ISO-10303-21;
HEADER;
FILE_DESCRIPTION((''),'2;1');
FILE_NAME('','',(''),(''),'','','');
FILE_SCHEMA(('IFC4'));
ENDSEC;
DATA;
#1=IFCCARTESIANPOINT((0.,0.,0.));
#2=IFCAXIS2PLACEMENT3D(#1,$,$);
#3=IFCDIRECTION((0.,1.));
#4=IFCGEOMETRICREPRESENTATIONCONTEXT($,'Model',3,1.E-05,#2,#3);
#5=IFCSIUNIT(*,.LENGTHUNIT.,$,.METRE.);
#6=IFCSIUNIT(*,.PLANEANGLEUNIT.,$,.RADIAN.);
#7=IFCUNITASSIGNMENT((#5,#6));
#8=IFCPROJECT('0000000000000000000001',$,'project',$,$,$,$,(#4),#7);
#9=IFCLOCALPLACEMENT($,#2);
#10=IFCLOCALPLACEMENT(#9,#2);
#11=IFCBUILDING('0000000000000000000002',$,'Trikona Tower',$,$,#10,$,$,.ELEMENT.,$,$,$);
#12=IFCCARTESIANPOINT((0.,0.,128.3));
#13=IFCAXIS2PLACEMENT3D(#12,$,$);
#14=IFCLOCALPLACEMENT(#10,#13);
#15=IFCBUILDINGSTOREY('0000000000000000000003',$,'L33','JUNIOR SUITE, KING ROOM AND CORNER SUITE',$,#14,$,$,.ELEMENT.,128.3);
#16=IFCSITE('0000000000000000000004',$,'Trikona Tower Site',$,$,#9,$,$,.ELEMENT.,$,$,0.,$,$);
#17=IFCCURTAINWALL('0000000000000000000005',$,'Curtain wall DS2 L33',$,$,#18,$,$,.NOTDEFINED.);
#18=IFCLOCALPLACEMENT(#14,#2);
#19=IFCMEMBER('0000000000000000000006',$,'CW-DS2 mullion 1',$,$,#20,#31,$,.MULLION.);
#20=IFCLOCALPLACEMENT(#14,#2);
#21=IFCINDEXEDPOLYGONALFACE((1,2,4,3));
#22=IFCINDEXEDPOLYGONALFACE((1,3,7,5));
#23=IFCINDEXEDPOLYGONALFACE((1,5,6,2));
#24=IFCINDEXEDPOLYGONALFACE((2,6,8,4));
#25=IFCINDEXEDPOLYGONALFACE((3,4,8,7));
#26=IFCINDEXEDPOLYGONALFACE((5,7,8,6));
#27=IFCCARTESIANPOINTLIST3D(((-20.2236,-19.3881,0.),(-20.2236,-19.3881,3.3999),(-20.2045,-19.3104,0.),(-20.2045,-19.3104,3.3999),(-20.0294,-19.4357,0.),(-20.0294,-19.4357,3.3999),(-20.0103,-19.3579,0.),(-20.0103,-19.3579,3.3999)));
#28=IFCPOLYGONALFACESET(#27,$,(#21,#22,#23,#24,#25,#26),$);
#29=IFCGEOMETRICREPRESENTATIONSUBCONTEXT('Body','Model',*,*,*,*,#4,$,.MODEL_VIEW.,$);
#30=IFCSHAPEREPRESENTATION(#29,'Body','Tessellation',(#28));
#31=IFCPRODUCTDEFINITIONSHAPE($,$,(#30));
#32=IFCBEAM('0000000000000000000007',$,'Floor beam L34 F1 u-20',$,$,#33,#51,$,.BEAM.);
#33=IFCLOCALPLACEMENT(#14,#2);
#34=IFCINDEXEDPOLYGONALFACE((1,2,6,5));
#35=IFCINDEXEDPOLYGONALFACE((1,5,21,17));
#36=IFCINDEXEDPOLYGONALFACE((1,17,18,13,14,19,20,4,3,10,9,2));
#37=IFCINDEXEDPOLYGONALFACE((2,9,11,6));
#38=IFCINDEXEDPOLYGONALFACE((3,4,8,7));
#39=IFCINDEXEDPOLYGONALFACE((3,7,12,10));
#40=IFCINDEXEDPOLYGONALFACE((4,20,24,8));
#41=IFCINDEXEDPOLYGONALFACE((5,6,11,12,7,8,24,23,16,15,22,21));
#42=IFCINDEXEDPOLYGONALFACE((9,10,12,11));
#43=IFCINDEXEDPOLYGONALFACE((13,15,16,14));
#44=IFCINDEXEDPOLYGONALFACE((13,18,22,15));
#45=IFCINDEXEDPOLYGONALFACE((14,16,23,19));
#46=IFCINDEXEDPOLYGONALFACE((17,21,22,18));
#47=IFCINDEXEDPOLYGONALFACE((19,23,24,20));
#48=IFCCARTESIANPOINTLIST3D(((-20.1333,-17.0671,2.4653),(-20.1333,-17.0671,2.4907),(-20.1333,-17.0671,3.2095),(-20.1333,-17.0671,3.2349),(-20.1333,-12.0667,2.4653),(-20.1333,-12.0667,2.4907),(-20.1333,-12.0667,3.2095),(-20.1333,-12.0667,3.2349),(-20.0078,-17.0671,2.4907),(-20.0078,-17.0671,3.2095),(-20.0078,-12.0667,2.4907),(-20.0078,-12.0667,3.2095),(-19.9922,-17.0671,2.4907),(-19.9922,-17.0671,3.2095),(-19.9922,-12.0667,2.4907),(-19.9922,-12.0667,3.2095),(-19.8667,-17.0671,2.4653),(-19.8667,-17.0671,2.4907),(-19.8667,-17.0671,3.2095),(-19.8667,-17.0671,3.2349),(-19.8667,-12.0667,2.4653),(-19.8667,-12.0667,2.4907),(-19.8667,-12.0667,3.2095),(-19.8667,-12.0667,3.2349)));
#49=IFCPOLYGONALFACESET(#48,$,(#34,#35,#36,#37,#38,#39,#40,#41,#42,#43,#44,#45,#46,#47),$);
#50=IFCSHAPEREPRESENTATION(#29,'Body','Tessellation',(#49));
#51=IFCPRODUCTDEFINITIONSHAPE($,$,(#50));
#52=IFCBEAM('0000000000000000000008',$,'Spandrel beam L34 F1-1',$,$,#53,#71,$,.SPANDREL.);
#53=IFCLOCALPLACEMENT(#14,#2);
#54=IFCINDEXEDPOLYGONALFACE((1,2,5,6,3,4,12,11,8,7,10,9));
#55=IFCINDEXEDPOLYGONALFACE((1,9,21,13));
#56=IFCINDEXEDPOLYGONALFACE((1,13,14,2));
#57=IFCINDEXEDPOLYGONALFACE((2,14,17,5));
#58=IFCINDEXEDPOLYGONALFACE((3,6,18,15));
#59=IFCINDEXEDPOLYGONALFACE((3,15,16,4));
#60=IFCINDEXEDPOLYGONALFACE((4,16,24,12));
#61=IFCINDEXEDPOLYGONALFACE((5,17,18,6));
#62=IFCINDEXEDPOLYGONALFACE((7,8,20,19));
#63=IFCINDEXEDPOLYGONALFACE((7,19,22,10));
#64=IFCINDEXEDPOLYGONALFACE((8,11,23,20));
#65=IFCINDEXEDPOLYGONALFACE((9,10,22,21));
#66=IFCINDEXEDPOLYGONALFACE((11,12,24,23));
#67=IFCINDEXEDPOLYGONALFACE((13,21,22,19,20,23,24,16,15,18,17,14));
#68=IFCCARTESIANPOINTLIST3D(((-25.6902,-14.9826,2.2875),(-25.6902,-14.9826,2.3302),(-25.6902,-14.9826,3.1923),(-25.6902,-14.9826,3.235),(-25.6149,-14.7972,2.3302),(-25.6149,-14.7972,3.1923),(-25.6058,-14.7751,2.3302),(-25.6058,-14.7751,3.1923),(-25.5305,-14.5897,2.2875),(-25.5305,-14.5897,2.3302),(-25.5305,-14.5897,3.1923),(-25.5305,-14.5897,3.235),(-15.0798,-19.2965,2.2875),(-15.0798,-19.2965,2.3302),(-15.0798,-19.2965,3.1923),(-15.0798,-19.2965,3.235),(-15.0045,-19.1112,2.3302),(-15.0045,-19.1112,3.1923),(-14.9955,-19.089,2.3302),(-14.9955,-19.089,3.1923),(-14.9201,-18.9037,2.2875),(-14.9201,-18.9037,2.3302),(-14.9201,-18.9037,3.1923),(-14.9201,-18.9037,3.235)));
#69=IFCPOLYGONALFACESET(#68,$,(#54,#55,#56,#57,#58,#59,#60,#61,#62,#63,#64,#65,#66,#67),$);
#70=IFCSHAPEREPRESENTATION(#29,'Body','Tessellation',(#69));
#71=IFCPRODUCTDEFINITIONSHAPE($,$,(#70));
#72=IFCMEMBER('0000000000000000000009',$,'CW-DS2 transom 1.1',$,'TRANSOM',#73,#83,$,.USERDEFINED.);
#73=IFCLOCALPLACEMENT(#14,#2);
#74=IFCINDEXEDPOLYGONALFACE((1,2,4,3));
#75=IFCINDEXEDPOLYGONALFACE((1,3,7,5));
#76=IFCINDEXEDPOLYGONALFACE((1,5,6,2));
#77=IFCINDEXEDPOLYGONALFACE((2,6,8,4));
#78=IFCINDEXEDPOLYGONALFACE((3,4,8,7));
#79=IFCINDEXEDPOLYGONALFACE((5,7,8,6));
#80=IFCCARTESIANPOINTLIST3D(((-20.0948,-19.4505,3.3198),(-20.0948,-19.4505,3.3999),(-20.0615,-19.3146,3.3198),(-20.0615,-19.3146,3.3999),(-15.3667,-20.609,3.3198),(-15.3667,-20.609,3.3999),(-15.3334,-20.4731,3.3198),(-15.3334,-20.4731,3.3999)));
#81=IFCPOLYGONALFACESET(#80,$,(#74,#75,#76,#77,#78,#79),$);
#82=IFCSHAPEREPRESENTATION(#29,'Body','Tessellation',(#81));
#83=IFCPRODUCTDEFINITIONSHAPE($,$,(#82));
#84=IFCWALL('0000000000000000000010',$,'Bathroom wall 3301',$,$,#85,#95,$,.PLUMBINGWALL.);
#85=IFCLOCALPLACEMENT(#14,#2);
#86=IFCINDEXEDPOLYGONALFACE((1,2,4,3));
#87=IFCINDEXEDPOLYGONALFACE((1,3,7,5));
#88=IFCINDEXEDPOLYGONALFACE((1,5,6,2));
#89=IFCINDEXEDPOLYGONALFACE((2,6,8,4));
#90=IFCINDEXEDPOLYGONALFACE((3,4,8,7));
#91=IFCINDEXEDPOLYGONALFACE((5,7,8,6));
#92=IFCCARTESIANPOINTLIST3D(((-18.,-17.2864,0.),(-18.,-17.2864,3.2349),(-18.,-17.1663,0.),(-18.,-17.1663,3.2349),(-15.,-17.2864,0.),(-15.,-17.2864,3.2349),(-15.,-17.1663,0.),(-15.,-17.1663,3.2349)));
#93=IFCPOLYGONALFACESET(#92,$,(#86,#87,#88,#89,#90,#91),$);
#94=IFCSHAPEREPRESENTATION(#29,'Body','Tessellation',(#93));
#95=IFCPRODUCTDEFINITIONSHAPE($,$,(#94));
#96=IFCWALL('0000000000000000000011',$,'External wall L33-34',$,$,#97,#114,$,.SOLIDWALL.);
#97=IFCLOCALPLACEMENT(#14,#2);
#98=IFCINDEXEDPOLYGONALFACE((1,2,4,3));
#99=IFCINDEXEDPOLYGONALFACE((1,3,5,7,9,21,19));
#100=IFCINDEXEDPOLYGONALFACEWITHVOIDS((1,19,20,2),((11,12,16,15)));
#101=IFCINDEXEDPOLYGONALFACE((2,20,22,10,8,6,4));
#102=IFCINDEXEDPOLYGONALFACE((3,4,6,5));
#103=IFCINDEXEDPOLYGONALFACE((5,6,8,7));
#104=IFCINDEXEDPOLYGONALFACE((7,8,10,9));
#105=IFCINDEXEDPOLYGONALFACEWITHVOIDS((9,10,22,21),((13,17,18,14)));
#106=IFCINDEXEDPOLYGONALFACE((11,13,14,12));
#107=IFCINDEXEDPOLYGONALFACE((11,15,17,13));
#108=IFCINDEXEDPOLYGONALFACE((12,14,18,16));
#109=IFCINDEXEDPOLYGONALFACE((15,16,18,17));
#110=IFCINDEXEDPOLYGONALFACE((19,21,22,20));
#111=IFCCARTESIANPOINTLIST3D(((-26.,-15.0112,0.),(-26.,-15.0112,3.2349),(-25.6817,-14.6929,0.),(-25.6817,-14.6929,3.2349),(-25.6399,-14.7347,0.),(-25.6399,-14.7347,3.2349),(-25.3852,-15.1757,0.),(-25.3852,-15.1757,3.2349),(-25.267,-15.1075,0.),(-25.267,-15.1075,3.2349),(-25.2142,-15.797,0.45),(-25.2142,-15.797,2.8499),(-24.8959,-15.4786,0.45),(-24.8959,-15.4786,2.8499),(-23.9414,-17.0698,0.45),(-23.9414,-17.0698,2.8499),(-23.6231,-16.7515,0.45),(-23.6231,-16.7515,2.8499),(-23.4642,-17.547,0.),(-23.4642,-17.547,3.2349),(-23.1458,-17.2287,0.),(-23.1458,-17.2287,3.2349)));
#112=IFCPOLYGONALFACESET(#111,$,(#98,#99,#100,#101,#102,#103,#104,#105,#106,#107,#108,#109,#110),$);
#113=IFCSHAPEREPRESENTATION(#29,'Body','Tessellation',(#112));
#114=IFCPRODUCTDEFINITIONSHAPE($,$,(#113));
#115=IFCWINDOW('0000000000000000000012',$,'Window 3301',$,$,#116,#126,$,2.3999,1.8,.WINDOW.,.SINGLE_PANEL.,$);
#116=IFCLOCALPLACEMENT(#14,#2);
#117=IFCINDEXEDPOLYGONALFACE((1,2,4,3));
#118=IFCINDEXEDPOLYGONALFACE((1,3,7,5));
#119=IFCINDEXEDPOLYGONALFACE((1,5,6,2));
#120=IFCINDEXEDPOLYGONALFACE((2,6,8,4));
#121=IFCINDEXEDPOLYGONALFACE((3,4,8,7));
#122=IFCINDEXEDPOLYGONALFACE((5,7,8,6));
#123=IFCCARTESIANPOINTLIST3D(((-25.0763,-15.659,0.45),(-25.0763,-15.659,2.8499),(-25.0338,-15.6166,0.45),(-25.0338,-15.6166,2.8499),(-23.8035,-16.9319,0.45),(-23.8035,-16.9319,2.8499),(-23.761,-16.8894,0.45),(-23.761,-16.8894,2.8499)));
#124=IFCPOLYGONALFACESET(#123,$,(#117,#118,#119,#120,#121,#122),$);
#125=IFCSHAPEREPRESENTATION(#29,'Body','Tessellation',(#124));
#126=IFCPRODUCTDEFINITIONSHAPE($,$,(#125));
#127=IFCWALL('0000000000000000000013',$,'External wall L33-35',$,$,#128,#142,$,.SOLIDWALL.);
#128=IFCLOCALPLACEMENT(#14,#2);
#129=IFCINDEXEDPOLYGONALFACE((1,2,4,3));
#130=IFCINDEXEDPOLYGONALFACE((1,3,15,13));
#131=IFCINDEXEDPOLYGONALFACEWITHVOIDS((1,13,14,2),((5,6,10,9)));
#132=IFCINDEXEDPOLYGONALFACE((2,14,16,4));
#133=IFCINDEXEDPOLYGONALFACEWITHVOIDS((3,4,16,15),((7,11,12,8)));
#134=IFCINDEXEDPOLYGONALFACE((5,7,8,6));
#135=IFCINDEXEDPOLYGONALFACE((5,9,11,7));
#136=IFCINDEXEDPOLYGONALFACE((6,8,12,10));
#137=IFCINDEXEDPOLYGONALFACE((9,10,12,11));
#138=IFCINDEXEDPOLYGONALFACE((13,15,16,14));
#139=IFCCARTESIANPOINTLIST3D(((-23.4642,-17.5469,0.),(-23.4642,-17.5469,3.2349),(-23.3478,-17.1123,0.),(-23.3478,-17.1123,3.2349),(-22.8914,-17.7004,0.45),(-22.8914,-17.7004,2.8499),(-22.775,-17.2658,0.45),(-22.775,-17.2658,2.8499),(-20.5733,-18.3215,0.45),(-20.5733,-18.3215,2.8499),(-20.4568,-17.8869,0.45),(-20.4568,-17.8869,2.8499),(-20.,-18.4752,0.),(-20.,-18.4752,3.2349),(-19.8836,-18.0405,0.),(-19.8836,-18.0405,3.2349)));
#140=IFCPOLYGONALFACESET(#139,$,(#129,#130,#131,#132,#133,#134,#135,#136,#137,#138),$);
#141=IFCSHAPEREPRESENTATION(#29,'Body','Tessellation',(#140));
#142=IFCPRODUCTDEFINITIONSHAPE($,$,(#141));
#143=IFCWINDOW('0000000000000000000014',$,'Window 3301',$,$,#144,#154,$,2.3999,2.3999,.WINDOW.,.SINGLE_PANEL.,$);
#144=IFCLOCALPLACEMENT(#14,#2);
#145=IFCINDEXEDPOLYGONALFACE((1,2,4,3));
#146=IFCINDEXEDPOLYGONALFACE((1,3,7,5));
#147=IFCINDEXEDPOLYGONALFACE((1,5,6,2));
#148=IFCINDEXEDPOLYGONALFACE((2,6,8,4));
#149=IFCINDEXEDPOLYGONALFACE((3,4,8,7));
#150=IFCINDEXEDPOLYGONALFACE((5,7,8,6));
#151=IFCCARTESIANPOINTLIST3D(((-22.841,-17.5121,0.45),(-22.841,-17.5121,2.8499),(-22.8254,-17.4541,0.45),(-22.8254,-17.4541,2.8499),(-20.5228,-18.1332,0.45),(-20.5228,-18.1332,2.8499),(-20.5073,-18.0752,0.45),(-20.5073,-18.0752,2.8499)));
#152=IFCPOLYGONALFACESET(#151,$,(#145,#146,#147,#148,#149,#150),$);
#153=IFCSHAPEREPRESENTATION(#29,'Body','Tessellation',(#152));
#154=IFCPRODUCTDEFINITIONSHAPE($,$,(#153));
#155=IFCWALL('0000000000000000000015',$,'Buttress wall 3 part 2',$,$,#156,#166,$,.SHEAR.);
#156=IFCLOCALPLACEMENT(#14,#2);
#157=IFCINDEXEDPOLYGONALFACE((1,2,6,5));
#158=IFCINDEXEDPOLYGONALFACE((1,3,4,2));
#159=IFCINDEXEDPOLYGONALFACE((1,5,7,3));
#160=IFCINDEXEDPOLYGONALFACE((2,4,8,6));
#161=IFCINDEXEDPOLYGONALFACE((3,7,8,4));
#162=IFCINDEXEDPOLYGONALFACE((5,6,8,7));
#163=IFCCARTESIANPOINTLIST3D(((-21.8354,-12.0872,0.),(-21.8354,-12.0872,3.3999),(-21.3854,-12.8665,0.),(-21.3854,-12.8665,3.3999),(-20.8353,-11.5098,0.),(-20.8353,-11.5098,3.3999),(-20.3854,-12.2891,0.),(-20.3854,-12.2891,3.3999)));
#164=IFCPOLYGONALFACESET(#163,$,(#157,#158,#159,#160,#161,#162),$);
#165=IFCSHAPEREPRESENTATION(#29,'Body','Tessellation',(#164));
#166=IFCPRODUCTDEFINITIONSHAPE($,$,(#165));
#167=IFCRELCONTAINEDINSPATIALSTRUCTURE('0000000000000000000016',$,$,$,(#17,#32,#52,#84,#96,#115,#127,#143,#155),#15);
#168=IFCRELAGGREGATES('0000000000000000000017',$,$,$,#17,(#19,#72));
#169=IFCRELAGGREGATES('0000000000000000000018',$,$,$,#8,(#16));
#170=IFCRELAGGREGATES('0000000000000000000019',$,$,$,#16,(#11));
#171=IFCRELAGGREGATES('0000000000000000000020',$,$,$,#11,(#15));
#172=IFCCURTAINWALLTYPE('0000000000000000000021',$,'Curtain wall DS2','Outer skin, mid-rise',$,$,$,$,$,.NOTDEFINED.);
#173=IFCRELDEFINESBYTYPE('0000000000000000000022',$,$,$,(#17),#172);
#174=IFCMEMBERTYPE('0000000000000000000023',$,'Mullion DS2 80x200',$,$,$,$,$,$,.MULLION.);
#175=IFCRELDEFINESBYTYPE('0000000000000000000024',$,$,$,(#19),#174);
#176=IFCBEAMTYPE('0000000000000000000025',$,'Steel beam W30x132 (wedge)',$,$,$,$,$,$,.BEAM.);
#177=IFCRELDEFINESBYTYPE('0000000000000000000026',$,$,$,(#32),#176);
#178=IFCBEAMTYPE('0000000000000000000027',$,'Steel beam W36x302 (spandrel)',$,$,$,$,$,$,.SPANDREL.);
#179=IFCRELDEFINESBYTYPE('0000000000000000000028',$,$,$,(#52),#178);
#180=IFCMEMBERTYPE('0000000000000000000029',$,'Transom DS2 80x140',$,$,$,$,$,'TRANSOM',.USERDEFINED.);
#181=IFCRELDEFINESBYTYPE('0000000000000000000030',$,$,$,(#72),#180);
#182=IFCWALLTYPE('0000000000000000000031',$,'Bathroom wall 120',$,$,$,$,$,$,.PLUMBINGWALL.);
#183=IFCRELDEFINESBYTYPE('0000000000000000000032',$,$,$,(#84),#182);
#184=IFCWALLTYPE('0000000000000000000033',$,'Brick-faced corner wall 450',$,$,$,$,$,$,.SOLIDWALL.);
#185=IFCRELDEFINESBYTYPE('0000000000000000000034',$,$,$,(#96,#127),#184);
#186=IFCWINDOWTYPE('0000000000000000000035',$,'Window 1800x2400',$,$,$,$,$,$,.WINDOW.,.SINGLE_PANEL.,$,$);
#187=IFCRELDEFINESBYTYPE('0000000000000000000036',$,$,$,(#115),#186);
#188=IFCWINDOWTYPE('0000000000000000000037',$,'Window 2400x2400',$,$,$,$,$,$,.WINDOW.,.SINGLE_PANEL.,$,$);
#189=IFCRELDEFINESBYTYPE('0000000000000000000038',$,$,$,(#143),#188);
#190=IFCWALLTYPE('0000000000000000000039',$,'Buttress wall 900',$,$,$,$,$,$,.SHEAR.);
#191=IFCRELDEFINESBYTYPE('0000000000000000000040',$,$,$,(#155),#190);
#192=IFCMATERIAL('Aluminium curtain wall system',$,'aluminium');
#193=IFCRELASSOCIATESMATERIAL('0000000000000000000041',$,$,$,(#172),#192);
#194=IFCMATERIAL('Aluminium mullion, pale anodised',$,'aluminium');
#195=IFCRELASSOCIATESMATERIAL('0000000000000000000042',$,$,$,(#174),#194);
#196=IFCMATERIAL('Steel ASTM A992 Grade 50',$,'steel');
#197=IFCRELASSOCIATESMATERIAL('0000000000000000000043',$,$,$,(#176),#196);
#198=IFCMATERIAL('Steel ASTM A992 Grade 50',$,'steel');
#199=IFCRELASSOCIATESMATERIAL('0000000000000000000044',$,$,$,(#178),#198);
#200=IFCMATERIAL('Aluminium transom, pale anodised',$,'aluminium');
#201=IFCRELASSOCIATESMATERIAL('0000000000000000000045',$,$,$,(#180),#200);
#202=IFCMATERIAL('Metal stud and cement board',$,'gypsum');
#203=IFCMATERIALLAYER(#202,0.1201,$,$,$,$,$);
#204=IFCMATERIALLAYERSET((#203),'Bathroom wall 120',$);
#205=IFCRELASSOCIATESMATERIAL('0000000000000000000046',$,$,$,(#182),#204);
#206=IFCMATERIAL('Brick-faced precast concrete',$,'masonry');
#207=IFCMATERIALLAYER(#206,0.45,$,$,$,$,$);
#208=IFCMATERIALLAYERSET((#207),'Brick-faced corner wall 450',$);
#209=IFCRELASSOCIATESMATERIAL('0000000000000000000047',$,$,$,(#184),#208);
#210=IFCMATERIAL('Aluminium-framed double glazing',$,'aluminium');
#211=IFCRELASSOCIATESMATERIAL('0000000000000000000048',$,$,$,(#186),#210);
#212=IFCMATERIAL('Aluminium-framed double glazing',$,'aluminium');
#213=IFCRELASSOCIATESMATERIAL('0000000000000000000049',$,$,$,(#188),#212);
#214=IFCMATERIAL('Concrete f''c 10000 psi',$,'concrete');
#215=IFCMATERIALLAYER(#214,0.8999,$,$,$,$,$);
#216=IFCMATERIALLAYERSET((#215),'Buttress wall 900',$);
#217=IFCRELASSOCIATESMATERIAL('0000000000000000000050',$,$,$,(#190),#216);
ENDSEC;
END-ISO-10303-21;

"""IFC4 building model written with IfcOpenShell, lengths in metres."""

from ifc_helpers import new_model, si_unit, direction, frame, frame_2d, origin, origin_2d, place, context, subcontext, project, spatial, polyline, rectangle, i_section, outline, extrude, material, layer, layer_set, material_profile, profile_set, type_object, element, fill, aggregate, save


model = new_model("IFC4")

# Units and contexts
model_context = context("Model", 3, precision=1e-05, world=origin(), true_north=direction((0.0, 1.0)))
body_context = subcontext(model_context, "Body", "Model", "MODEL_VIEW")
ifc_project = project(units=[si_unit("LENGTHUNIT", "METRE"), si_unit("PLANEANGLEUNIT", "RADIAN")], contexts=[model_context])

# Site, building, storey
site_placement = place(None, origin())
site = spatial("IfcSite", under=ifc_project, at=site_placement, Name="Trikona Tower Site", CompositionType="ELEMENT", RefElevation=0.0)
building_placement = place(site_placement, origin())
building = spatial("IfcBuilding", under=site, at=building_placement, Name="Trikona Tower", CompositionType="ELEMENT")
storey_placement = place(building_placement, frame((0.0, 0.0, 128.3)))
storey = spatial("IfcBuildingStorey", under=building, at=storey_placement, Name="L33", Description="JUNIOR SUITE, KING ROOM AND CORNER SUITE", CompositionType="ELEMENT", Elevation=128.3)

# Curtain wall, member
ifc_material_1 = material(Name="Aluminium curtain wall system", Category="aluminium")
curtain_wall_type = type_object("IfcCurtainWallType", Name="Curtain wall DS2", Description="Outer skin, mid-rise", PredefinedType="NOTDEFINED", material=ifc_material_1)
curtain_wall_placement = place(storey_placement, origin())
curtain_wall = element("IfcCurtainWall", 1, at=curtain_wall_placement, inside=storey, type_object=curtain_wall_type, Name="Curtain wall DS2 L33", PredefinedType="NOTDEFINED")
ifc_material_2 = material(Name="Aluminium mullion, pale anodised", Category="aluminium")
ifc_material_profile_1 = material_profile(ifc_material_2, rectangle(XDim=0.0801, YDim=0.2, at=origin_2d()), Name="MUL-DS2")
ifc_profile_set_1 = profile_set([ifc_material_profile_1], Name="Aluminium mullion, pale anodised")
member_type_1 = type_object("IfcMemberType", Name="Mullion DS2 80x200", PredefinedType="MULLION", material=ifc_profile_set_1)
member_1_placement = place(storey_placement, frame((-20.1169, -19.373, 0.0), z_axis=(0.0, 0.0, 1.0), x_axis=(0.23797, 0.971272, 0.0)))
member_1 = element("IfcMember", 2, at=member_1_placement, type_object=member_type_1, Name="CW-DS2 mullion 1", PredefinedType="MULLION", context=body_context, shape_type="SweptSolid", body=[
    extrude(rectangle(XDim=0.0801, YDim=0.2, at=origin_2d()), origin(), (0.0, 0.0, 1.0), 3.3999),
])

# Beams
ifc_material_3 = material(Name="Steel ASTM A992 Grade 50", Category="steel")
ifc_material_profile_2 = material_profile(ifc_material_3, i_section(OverallWidth=0.2666, OverallDepth=0.7695, WebThickness=0.0156, FlangeThickness=0.0254, at=origin_2d()), Name="W30X132")
ifc_profile_set_2 = profile_set([ifc_material_profile_2], Name="Steel ASTM A992 Grade 50")
beam_type_1 = type_object("IfcBeamType", Name="Steel beam W30x132 (wedge)", PredefinedType="BEAM", material=ifc_profile_set_2)
beam_1_placement = place(storey_placement, frame((-20.0, -12.0667, 2.8501), z_axis=(0.0, -1.0, 0.0), x_axis=(1.0, 0.0, 0.0)))
element("IfcBeam", 3, at=beam_1_placement, inside=storey, type_object=beam_type_1, Name="Floor beam L34 F1 u-20", PredefinedType="BEAM", context=body_context, shape_type="SweptSolid", body=[
    extrude(i_section(OverallWidth=0.2666, OverallDepth=0.7695, WebThickness=0.0156, FlangeThickness=0.0254, at=origin_2d()), origin(), (0.0, 0.0, 1.0), 5.0005),
])
ifc_material_4 = material(Name="Steel ASTM A992 Grade 50", Category="steel")
ifc_material_profile_3 = material_profile(ifc_material_4, i_section(OverallWidth=0.4241, OverallDepth=0.9475, WebThickness=0.0239, FlangeThickness=0.0427, at=origin_2d()), Name="W36X302")
ifc_profile_set_3 = profile_set([ifc_material_profile_3], Name="Steel ASTM A992 Grade 50")
beam_type_2 = type_object("IfcBeamType", Name="Steel beam W36x302 (spandrel)", PredefinedType="SPANDREL", material=ifc_profile_set_3)
beam_2_placement = place(storey_placement, frame((-25.6104, -14.7861, 2.7612), z_axis=(0.92636, -0.37664, 0.0), x_axis=(0.37664, 0.92636, 0.0)))
element("IfcBeam", 4, at=beam_2_placement, inside=storey, type_object=beam_type_2, Name="Spandrel beam L34 F1-1", PredefinedType="SPANDREL", context=body_context, shape_type="SweptSolid", body=[
    extrude(i_section(OverallWidth=0.4241, OverallDepth=0.9475, WebThickness=0.0239, FlangeThickness=0.0427, at=origin_2d()), origin(), (0.0, 0.0, 1.0), 11.4539),
])

# Member
ifc_material_5 = material(Name="Aluminium transom, pale anodised", Category="aluminium")
ifc_material_profile_4 = material_profile(ifc_material_5, rectangle(XDim=0.1399, YDim=0.0801, at=origin_2d()), Name="TRN-DS2")
ifc_profile_set_4 = profile_set([ifc_material_profile_4], Name="Aluminium transom, pale anodised")
member_type_2 = type_object("IfcMemberType", Name="Transom DS2 80x140", ElementType="TRANSOM", PredefinedType="USERDEFINED", material=ifc_profile_set_4)
member_2_placement = place(storey_placement, frame((-20.0781, -19.3826, 3.3599), z_axis=(0.971271, -0.237978, 0.0), x_axis=(0.237978, 0.971271, 0.0)))
member_2 = element("IfcMember", 5, at=member_2_placement, type_object=member_type_2, Name="CW-DS2 transom 1.1", ObjectType="TRANSOM", PredefinedType="USERDEFINED", context=body_context, shape_type="SweptSolid", body=[
    extrude(rectangle(XDim=0.1399, YDim=0.0801, at=origin_2d()), origin(), (0.0, 0.0, 1.0), 4.8679),
])
aggregate(curtain_wall, [member_1, member_2])

# Wall
ifc_material_6 = material(Name="Metal stud and cement board", Category="gypsum")
ifc_layer_1 = layer(ifc_material_6, 0.1201)
ifc_layer_set_1 = layer_set([ifc_layer_1], Name="Bathroom wall 120")
wall_type_1 = type_object("IfcWallType", Name="Bathroom wall 120", PredefinedType="PLUMBINGWALL", material=ifc_layer_set_1)
wall_1_placement = place(storey_placement, frame((-18.0, -17.2263, 0.0), z_axis=(0.0, 0.0, 1.0), x_axis=(1.0, 0.0, 0.0)))
element("IfcWall", 6, at=wall_1_placement, inside=storey, type_object=wall_type_1, Name="Bathroom wall 3301", PredefinedType="PLUMBINGWALL", context=body_context, shape_type="SweptSolid", body=[
    extrude(rectangle(XDim=3.0, YDim=0.1201, at=frame_2d((1.5, 0.0))), origin(), (0.0, 0.0, 1.0), 3.2349),
])

# Walls, openings, windows
ifc_material_7 = material(Name="Brick-faced precast concrete", Category="masonry")
ifc_layer_2 = layer(ifc_material_7, 0.45)
ifc_layer_set_2 = layer_set([ifc_layer_2], Name="Brick-faced corner wall 450")
wall_type_2 = type_object("IfcWallType", Name="Brick-faced corner wall 450", PredefinedType="SOLIDWALL", material=ifc_layer_set_2)
wall_2_placement = place(storey_placement, frame((-25.8408, -14.8521, 0.0), z_axis=(0.0, 0.0, 1.0), x_axis=(0.707107, -0.707107, 0.0)))
wall_2 = element("IfcWall", 7, at=wall_2_placement, inside=storey, type_object=wall_type_2, Name="External wall L33-34", PredefinedType="SOLIDWALL", context=body_context, shape_type="SweptSolid", body=[
    extrude(outline(polyline([(3.5862, 0.2251), (0.5864, 0.2251), (0.551, 0.0933), (0.0591, 0.2251), (0.0, 0.2251), (0.0, -0.2251), (3.5862, -0.2251), (3.5862, 0.2251)])), origin(), (0.0, 0.0, 1.0), 3.2349),
])
opening_1_placement = place(wall_2_placement, frame((1.1113, 0.0, 0.45)))
opening_1 = element("IfcOpeningElement", 8, at=opening_1_placement, cuts=wall_2, PredefinedType="OPENING", context=body_context, shape_type="SweptSolid", body=[
    extrude(rectangle(XDim=1.8, YDim=2.3999, at=frame_2d((0.8999, 1.2))), frame((0.0, 0.2349, 0.0), z_axis=(0.0, -1.0, 0.0), x_axis=(1.0, 0.0, 0.0)), (0.0, 0.0, 1.0), 0.47),
])
ifc_material_8 = material(Name="Aluminium-framed double glazing", Category="aluminium")
window_type_1 = type_object("IfcWindowType", Name="Window 1800x2400", PartitioningType="SINGLE_PANEL", PredefinedType="WINDOW", material=ifc_material_8)
window_1_placement = place(opening_1_placement, origin())
window_1 = element("IfcWindow", 9, at=window_1_placement, inside=storey, type_object=window_type_1, Name="Window 3301", OverallHeight=2.3999, OverallWidth=1.8, PartitioningType="SINGLE_PANEL", PredefinedType="WINDOW", context=body_context, shape_type="SweptSolid", body=[
    extrude(rectangle(XDim=1.8, YDim=2.3999, at=frame_2d((0.8999, 1.2))), frame((0.0, 0.03, 0.0), z_axis=(0.0, -1.0, 0.0), x_axis=(1.0, 0.0, 0.0)), (0.0, 0.0, 1.0), 0.0601),
])
fill(opening_1, window_1)
wall_3_placement = place(storey_placement, frame((-23.406, -17.3296, 0.0), z_axis=(0.0, 0.0, 1.0), x_axis=(0.965925, -0.258823, 0.0)))
wall_3 = element("IfcWall", 10, at=wall_3_placement, inside=storey, type_object=wall_type_2, Name="External wall L33-35", PredefinedType="SOLIDWALL", context=body_context, shape_type="SweptSolid", body=[
    extrude(rectangle(XDim=3.5864, YDim=0.45, at=frame_2d((1.7932, 0.0))), origin(), (0.0, 0.0, 1.0), 3.2349),
])
opening_2_placement = place(wall_3_placement, frame((0.593, 0.0, 0.45)))
opening_2 = element("IfcOpeningElement", 11, at=opening_2_placement, cuts=wall_3, PredefinedType="OPENING", context=body_context, shape_type="SweptSolid", body=[
    extrude(rectangle(XDim=2.3999, YDim=2.3999, at=frame_2d((1.2, 1.2))), frame((0.0, 0.2349, 0.0), z_axis=(0.0, -1.0, 0.0), x_axis=(1.0, 0.0, 0.0)), (0.0, 0.0, 1.0), 0.47),
])
ifc_material_9 = material(Name="Aluminium-framed double glazing", Category="aluminium")
window_type_2 = type_object("IfcWindowType", Name="Window 2400x2400", PartitioningType="SINGLE_PANEL", PredefinedType="WINDOW", material=ifc_material_9)
window_2_placement = place(opening_2_placement, origin())
window_2 = element("IfcWindow", 12, at=window_2_placement, inside=storey, type_object=window_type_2, Name="Window 3301", OverallHeight=2.3999, OverallWidth=2.3999, PartitioningType="SINGLE_PANEL", PredefinedType="WINDOW", context=body_context, shape_type="SweptSolid", body=[
    extrude(rectangle(XDim=2.3999, YDim=2.3999, at=frame_2d((1.2, 1.2))), frame((0.0, 0.03, 0.0), z_axis=(0.0, -1.0, 0.0), x_axis=(1.0, 0.0, 0.0)), (0.0, 0.0, 1.0), 0.0601),
])
fill(opening_2, window_2)

# Wall
ifc_material_10 = material(Name="Concrete f'c 10000 psi", Category="concrete")
ifc_layer_3 = layer(ifc_material_10, 0.8999)
ifc_layer_set_3 = layer_set([ifc_layer_3], Name="Buttress wall 900")
wall_type_3 = type_object("IfcWallType", Name="Buttress wall 900", PredefinedType="SHEAR", material=ifc_layer_set_3)
wall_4_placement = place(storey_placement, frame((-20.6104, -11.8994, 0.0), z_axis=(0.0, 0.0, 1.0), x_axis=(-0.86601, -0.500027, 0.0)))
element("IfcWall", 13, at=wall_4_placement, inside=storey, type_object=wall_type_3, Name="Buttress wall 3 part 2", PredefinedType="SHEAR", context=body_context, shape_type="SweptSolid", body=[
    extrude(rectangle(XDim=1.1548, YDim=0.8999, at=frame_2d((0.5774, 0.0))), origin(), (0.0, 0.0, 1.0), 3.3999),
])

save(model, "model.ifc")
